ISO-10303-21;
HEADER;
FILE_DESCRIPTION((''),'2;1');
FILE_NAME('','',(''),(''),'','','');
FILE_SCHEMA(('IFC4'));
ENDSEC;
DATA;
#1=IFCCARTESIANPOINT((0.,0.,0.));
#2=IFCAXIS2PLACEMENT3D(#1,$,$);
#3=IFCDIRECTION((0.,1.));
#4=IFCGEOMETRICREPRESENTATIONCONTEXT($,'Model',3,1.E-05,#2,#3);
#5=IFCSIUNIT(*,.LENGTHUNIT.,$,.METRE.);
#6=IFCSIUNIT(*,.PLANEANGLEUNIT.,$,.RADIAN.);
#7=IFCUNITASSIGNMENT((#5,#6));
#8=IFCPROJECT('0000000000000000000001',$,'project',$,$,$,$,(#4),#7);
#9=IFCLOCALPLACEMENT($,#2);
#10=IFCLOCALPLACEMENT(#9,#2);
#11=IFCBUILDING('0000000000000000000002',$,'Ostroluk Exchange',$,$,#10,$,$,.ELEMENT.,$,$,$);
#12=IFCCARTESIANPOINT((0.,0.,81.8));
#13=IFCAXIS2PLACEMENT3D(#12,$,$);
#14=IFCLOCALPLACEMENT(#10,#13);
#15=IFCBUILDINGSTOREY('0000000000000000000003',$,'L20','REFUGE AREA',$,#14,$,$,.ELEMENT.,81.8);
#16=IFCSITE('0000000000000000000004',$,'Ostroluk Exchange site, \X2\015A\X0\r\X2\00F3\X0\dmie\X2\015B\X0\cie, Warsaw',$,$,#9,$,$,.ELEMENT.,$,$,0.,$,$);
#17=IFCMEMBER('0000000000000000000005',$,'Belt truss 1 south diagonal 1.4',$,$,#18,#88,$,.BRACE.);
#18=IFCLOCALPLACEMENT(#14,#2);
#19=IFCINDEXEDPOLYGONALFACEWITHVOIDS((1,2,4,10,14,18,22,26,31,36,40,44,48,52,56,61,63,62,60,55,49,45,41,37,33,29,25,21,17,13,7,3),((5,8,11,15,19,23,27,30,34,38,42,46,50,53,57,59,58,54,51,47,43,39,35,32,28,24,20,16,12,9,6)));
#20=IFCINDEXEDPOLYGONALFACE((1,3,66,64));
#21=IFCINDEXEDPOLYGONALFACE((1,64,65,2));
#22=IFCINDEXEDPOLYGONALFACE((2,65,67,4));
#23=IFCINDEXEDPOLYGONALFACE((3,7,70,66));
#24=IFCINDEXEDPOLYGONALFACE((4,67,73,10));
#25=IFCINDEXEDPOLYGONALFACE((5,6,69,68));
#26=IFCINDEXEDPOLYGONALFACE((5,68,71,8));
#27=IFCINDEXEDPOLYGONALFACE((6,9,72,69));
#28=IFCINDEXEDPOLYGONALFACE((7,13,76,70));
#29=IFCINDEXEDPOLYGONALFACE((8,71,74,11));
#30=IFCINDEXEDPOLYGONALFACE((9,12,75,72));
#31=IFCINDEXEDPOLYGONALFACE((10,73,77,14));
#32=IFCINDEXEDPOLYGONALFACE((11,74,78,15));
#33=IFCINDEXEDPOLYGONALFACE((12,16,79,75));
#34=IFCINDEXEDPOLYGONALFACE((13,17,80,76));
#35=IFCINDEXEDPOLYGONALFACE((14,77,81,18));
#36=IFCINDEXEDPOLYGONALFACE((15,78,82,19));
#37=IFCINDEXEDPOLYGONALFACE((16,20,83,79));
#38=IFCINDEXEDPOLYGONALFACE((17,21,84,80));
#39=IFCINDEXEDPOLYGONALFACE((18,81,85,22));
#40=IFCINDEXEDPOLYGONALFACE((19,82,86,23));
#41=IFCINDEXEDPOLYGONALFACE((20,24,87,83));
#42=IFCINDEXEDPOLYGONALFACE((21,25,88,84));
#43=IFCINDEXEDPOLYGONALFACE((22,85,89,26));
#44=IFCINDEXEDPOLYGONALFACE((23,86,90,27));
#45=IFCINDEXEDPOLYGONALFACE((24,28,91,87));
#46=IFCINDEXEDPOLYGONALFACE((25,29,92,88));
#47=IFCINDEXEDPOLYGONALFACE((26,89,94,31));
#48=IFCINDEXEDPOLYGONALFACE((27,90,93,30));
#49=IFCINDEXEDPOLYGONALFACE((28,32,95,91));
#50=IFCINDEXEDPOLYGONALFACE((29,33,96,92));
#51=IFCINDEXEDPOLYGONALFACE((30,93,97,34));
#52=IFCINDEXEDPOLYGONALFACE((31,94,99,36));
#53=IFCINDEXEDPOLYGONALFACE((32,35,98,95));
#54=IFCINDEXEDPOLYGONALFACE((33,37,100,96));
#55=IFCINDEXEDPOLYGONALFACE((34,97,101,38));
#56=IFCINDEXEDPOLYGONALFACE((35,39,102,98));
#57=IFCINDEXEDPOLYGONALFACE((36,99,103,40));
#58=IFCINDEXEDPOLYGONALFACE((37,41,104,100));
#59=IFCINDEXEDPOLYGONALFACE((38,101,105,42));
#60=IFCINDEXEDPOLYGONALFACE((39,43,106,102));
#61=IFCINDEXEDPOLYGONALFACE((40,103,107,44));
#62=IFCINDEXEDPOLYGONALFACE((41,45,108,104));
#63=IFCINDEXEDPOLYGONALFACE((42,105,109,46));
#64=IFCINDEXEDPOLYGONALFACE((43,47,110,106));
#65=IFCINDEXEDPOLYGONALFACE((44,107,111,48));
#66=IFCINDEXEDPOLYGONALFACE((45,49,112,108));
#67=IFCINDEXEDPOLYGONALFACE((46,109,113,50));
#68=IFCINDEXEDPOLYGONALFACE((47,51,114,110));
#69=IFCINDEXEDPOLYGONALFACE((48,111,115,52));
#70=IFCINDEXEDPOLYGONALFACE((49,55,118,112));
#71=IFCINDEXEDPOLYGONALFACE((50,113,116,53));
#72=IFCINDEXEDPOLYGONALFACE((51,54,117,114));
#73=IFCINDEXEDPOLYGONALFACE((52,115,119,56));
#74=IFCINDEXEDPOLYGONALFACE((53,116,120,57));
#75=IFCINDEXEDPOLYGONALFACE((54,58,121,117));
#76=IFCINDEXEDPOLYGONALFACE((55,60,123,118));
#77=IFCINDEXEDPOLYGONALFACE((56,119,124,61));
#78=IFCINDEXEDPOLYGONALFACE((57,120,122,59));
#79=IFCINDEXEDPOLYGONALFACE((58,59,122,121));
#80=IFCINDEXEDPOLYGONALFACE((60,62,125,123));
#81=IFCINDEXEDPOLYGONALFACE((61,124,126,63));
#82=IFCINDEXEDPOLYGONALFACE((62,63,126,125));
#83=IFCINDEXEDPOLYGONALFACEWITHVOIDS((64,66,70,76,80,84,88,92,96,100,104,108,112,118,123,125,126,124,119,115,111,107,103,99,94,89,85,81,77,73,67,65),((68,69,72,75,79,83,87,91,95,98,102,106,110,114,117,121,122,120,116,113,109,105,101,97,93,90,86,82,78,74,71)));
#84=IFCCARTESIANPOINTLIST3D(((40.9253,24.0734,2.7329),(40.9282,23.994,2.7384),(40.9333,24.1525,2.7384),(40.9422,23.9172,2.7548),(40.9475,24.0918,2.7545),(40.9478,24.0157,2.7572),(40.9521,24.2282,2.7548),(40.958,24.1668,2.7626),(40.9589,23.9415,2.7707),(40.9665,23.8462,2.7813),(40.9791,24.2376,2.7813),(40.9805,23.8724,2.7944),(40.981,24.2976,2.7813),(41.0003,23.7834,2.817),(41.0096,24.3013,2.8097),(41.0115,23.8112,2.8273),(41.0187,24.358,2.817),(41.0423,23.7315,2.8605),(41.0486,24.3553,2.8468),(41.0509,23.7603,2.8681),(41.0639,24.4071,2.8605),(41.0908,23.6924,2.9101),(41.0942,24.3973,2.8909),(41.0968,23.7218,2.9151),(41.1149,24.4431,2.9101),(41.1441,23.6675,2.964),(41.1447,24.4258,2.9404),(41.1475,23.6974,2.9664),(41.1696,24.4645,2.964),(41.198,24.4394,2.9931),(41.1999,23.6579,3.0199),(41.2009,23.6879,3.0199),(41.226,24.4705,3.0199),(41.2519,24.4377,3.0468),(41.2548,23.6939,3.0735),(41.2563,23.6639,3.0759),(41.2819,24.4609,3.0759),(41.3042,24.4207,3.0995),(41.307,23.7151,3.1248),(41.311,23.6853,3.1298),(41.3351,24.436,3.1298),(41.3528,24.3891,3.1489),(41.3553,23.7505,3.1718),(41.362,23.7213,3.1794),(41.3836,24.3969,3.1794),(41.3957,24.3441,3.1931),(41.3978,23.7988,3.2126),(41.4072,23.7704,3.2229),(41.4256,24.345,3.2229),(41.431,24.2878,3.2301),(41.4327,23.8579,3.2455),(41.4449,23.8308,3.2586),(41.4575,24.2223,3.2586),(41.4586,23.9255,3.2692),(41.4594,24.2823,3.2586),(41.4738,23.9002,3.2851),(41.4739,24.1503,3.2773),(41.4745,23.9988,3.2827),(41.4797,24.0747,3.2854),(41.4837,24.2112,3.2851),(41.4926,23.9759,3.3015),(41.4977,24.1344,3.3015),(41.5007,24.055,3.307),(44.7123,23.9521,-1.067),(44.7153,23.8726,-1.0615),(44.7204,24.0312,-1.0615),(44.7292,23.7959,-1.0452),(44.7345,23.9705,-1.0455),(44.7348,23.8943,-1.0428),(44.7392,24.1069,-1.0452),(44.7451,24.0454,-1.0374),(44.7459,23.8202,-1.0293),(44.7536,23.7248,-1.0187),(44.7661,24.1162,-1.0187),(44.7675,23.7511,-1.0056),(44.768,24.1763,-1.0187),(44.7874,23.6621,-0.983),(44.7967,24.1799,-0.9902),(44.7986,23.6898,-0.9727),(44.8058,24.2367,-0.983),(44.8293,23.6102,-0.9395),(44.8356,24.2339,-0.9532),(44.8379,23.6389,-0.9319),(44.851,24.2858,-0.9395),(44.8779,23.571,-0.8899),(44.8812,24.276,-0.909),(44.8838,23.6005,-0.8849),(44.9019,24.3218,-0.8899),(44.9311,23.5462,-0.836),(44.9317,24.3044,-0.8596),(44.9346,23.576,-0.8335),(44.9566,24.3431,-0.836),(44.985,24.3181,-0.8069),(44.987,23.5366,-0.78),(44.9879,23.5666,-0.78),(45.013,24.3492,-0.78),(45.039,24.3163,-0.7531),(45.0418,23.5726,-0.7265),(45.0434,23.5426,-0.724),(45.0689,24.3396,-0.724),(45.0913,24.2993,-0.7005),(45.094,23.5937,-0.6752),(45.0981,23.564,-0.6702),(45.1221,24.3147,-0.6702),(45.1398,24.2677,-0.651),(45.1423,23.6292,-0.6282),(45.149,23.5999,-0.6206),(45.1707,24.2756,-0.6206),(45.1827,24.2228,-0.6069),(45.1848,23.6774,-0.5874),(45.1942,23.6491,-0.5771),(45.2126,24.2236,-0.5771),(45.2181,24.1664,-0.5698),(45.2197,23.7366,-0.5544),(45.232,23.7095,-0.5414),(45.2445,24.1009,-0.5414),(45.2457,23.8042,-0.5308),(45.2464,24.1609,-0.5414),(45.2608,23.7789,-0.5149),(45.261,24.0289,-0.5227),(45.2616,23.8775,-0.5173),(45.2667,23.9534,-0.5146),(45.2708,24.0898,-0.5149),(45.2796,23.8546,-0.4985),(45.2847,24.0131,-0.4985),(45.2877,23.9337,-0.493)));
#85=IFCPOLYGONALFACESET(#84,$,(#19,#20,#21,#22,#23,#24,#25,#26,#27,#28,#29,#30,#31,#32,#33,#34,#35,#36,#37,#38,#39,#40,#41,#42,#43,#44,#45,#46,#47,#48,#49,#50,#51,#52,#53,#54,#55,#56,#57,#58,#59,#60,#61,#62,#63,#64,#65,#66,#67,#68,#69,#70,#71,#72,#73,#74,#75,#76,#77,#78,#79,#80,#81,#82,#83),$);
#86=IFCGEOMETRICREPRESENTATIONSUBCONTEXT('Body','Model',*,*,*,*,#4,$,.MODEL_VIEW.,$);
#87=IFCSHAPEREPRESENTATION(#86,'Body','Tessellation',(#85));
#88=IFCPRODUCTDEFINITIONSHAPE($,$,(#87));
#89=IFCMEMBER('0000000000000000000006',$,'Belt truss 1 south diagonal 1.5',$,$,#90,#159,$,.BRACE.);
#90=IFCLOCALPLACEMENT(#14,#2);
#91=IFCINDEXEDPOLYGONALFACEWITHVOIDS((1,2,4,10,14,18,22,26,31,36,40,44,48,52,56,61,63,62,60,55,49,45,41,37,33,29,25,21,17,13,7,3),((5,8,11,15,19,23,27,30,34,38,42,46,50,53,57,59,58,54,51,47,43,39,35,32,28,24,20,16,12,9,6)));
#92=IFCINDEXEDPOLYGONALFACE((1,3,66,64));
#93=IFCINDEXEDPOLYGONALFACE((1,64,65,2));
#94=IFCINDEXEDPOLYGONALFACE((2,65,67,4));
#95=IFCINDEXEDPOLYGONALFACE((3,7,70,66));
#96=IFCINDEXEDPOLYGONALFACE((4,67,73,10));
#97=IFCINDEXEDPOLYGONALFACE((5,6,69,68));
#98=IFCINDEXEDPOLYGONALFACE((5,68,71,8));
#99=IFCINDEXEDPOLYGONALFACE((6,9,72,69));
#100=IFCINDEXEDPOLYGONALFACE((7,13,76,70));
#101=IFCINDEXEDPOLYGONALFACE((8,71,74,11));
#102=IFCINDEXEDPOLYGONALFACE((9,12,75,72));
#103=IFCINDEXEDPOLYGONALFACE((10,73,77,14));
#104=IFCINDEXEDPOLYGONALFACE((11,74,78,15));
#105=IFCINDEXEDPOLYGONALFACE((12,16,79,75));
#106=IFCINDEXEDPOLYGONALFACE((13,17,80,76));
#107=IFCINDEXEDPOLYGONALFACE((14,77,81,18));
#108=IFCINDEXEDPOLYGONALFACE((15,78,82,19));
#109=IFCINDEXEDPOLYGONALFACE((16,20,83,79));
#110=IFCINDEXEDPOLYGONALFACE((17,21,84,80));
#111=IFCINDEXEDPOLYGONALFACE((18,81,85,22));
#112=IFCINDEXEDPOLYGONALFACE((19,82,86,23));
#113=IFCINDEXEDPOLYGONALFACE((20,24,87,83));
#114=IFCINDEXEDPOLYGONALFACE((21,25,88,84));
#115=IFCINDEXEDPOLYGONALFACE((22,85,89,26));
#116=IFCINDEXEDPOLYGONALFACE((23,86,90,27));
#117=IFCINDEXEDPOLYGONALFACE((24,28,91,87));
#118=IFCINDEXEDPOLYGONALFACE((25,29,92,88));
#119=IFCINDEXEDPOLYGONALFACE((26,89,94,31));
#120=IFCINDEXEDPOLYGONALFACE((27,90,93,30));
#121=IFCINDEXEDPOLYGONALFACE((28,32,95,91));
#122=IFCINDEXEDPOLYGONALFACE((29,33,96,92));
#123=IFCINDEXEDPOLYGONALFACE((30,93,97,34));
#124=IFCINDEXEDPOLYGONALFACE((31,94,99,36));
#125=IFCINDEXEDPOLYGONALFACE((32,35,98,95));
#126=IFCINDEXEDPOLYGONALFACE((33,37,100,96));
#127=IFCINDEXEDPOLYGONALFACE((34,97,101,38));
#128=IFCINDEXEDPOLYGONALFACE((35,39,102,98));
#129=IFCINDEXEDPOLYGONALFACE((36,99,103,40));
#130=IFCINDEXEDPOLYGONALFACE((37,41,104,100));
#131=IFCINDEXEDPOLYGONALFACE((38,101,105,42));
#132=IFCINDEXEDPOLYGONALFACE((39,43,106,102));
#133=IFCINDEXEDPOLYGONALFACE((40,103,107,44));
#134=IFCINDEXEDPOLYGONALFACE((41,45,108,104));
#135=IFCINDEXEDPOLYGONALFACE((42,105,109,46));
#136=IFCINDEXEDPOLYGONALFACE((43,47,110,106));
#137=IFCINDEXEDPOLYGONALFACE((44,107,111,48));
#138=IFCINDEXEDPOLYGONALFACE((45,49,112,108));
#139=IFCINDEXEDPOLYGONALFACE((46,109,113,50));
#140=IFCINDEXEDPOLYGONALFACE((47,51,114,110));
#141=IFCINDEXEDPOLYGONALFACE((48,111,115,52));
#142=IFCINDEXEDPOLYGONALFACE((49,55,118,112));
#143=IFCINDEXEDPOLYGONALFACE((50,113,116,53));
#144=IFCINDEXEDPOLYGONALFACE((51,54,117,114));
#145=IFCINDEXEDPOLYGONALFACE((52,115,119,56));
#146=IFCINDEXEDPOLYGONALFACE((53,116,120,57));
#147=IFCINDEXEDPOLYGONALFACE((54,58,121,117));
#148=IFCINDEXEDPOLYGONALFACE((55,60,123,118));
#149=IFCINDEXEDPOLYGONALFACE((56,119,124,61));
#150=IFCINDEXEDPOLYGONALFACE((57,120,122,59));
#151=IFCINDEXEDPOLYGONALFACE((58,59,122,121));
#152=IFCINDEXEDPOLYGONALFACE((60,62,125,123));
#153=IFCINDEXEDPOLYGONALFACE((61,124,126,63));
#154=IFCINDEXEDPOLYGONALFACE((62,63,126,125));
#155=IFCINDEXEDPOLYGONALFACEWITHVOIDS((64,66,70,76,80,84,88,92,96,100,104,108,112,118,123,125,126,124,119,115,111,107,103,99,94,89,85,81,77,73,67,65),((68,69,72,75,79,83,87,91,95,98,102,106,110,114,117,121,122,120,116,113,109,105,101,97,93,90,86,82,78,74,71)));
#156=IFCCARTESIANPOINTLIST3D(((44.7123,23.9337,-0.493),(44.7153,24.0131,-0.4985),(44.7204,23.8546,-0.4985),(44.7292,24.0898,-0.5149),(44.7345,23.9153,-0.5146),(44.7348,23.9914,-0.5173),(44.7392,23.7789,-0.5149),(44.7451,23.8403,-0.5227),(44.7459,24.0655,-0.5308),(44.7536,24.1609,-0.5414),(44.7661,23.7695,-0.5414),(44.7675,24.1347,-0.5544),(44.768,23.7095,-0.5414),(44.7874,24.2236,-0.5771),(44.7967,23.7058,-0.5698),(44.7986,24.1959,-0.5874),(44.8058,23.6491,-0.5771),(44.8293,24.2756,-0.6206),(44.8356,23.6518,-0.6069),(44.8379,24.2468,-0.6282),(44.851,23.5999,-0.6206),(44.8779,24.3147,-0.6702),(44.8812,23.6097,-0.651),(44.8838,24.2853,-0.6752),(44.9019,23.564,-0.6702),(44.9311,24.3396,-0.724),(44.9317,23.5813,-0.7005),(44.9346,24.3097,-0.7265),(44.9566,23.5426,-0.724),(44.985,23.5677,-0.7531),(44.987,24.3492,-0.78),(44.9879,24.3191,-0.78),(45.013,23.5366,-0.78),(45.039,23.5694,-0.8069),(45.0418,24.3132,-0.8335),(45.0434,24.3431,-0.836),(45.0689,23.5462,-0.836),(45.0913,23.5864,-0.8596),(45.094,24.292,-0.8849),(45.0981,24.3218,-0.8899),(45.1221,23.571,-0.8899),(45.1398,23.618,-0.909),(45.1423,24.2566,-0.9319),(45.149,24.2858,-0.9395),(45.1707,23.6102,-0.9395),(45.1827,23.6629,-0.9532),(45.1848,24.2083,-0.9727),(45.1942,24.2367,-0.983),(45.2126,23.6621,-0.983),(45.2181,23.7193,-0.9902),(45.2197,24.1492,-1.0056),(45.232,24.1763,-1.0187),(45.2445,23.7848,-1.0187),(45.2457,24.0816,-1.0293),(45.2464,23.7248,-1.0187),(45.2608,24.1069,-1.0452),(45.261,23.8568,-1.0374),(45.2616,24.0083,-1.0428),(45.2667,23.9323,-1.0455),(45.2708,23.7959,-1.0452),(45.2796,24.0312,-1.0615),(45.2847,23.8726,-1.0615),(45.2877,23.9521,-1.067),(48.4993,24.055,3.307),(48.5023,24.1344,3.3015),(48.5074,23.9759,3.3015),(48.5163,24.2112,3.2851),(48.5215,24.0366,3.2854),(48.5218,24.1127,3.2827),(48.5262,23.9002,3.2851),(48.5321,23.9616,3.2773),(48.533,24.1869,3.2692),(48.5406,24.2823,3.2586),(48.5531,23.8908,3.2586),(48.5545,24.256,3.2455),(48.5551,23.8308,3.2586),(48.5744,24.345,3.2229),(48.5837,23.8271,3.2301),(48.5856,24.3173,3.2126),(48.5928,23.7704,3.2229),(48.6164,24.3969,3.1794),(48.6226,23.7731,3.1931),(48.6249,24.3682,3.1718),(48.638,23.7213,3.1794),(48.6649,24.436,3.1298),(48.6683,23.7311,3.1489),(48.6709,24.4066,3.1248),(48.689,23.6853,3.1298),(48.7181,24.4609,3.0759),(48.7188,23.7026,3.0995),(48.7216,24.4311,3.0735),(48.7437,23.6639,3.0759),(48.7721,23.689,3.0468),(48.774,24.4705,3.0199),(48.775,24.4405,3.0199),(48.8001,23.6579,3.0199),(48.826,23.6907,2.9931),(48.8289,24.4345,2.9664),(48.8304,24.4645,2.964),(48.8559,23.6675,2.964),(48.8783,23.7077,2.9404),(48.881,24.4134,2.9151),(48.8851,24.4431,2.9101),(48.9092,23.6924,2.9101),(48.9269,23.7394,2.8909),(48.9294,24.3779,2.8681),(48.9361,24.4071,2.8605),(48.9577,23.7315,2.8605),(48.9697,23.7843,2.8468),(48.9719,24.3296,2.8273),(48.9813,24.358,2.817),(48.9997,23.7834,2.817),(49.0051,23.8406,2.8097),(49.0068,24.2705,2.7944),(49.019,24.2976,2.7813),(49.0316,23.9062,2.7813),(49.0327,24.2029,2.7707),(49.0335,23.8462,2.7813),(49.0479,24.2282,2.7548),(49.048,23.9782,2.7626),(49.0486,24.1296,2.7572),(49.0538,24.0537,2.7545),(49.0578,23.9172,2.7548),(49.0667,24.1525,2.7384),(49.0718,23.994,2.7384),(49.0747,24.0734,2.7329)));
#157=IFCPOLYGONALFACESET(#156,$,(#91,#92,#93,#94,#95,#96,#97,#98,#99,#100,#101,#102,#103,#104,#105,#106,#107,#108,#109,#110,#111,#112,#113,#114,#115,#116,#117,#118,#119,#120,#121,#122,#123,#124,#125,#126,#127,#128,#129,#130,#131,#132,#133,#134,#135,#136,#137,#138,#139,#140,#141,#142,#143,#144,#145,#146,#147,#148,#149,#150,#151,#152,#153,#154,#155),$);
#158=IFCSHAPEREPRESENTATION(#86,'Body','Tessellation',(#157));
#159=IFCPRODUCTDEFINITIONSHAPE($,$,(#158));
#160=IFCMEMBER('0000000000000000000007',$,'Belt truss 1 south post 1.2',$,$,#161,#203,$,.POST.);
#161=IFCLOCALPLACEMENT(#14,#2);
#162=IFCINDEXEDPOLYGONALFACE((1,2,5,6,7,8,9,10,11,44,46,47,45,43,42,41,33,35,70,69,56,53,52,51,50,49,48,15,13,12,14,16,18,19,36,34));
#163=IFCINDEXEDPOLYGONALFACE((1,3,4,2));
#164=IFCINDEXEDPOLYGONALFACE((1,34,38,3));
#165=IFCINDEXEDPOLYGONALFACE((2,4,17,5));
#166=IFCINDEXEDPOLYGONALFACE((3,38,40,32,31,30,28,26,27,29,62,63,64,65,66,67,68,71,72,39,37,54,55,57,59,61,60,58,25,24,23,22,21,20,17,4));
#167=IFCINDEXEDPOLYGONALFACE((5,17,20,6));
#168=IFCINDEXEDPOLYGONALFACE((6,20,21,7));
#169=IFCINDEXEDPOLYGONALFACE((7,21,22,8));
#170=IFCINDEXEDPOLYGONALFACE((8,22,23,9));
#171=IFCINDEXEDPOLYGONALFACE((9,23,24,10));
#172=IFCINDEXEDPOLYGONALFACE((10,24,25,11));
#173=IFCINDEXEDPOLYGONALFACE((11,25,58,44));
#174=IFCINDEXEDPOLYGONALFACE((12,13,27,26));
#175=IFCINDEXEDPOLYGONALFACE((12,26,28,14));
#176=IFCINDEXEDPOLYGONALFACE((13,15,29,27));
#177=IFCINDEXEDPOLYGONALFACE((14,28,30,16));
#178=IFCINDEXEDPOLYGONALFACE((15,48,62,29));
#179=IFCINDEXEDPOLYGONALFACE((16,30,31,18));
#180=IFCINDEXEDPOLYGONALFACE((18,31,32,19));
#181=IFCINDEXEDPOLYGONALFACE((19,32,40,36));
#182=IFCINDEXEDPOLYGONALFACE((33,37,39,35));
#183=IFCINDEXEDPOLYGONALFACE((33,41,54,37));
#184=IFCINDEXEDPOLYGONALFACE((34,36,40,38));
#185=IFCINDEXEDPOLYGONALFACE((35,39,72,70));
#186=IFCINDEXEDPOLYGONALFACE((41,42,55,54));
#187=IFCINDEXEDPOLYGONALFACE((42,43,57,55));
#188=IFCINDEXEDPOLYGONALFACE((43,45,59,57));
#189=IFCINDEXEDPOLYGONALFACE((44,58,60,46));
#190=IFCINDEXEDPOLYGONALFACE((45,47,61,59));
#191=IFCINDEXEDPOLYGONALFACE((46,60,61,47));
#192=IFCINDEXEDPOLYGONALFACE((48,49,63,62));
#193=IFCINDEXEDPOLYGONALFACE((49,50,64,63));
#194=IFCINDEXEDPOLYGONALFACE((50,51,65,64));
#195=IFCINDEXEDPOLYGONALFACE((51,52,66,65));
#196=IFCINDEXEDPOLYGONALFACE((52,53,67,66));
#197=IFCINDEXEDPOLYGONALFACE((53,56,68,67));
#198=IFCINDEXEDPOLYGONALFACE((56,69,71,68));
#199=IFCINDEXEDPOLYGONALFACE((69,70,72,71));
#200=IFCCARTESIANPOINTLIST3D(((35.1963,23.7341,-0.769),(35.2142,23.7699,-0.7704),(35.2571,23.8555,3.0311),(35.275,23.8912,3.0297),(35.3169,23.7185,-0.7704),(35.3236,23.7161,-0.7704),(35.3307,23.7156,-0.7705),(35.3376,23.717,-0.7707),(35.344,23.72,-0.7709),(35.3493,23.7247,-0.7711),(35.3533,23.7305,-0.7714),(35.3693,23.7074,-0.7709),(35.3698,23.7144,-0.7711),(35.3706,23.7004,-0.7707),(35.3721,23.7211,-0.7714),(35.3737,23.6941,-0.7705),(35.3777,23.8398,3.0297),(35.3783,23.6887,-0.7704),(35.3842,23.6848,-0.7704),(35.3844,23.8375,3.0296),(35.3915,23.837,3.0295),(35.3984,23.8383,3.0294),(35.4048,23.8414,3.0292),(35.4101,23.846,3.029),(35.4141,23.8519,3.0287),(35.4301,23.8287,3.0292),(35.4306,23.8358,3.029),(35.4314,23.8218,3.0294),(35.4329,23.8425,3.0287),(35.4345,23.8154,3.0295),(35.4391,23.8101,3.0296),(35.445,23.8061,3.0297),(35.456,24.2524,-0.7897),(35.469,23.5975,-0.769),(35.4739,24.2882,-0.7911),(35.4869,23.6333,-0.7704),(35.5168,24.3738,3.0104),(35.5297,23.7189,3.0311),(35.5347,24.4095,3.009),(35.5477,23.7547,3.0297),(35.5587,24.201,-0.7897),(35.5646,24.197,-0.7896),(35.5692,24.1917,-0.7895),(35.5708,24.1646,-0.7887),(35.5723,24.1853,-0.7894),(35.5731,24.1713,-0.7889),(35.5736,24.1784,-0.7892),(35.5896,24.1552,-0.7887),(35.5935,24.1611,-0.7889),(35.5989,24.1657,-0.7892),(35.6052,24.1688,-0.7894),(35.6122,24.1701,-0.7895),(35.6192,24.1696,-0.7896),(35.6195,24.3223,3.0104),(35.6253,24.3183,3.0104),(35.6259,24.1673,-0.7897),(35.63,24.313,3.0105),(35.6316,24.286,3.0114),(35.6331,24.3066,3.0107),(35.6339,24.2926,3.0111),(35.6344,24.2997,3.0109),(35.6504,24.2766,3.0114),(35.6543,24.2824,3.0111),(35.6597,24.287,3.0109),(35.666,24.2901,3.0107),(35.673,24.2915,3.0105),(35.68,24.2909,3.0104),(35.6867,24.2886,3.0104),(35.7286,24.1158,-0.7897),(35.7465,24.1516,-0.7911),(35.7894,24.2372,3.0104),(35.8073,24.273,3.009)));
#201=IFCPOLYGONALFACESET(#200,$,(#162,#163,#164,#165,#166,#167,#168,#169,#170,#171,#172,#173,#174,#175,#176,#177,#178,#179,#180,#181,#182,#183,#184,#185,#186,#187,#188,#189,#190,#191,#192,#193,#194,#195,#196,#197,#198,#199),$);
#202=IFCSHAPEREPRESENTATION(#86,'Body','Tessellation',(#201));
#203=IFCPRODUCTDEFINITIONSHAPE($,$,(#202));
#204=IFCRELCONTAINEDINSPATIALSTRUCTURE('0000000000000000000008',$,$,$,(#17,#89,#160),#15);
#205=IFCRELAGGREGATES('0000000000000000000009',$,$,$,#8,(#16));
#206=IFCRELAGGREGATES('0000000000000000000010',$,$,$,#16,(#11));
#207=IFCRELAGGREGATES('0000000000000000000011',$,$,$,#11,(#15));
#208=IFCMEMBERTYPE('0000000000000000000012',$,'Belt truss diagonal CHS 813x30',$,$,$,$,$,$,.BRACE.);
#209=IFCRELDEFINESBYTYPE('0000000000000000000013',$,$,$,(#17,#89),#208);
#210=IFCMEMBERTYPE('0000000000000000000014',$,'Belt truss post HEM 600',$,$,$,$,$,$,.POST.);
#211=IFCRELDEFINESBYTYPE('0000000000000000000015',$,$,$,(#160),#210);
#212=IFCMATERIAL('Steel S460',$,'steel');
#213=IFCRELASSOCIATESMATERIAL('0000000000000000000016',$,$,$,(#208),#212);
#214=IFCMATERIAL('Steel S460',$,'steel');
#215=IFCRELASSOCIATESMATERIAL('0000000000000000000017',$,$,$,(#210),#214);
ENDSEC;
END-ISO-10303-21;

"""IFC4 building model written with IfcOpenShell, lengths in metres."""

from ifc_helpers import new_model, si_unit, direction, frame, origin, origin_2d, place, context, subcontext, project, spatial, hollow_circle, i_section, extrude, material, material_profile, profile_set, type_object, element, save


model = new_model("IFC4")

# Units and contexts
model_context = context("Model", 3, precision=1e-05, world=origin(), true_north=direction((0.0, 1.0)))
body_context = subcontext(model_context, "Body", "Model", "MODEL_VIEW")
ifc_project = project(units=[si_unit("LENGTHUNIT", "METRE"), si_unit("PLANEANGLEUNIT", "RADIAN")], contexts=[model_context])

# Site, building, storey
site_placement = place(None, origin())
site = spatial("IfcSite", under=ifc_project, at=site_placement, Name="Ostroluk Exchange site, Śródmieście, Warsaw", CompositionType="ELEMENT", RefElevation=0.0)
building_placement = place(site_placement, origin())
building = spatial("IfcBuilding", under=site, at=building_placement, Name="Ostroluk Exchange", CompositionType="ELEMENT")
storey_placement = place(building_placement, frame((0.0, 0.0, 81.8)))
storey = spatial("IfcBuildingStorey", under=building, at=storey_placement, Name="L20", Description="REFUGE AREA", CompositionType="ELEMENT", Elevation=81.8)

# Members
ifc_material_1 = material(Name="Steel S460", Category="steel")
ifc_material_profile_1 = material_profile(ifc_material_1, hollow_circle(Radius=0.4065, WallThickness=0.03, at=origin_2d()), Name="CHS 813x30")
ifc_profile_set_1 = profile_set([ifc_material_profile_1], Name="Steel S460")
member_type_1 = type_object("IfcMemberType", Name="Belt truss diagonal CHS 813x30", PredefinedType="BRACE", material=ifc_profile_set_1)
for number, where, z_axis, x_axis, name in (
    (1, (45.0, 23.9429, -0.78), (-0.705719, 0.022611, 0.708131), (-0.032023, -0.999487, 0.0), "Belt truss 1 south diagonal 1.4"),
    (2, (45.0, 23.9429, -0.78), (0.705719, 0.022611, 0.708131), (-0.032023, 0.999487, 0.0), "Belt truss 1 south diagonal 1.5"),
):
    element("IfcMember", number, at=place(storey_placement, frame(where, z_axis=z_axis, x_axis=x_axis)), inside=storey, type_object=member_type_1, Name=name, PredefinedType="BRACE", context=body_context, shape_type="SweptSolid", body=[
        extrude(hollow_circle(Radius=0.4065, WallThickness=0.03, at=origin_2d()), origin(), (0.0, 0.0, 1.0), 5.3662),
    ])
ifc_material_2 = material(Name="Steel S460", Category="steel")
ifc_material_profile_2 = material_profile(ifc_material_2, i_section(OverallWidth=0.3049, OverallDepth=0.6201, WebThickness=0.021, FlangeThickness=0.04, FilletRadius=0.0271, at=origin_2d()), Name="HEM 600")
ifc_profile_set_2 = profile_set([ifc_material_profile_2], Name="Steel S460")
member_type_2 = type_object("IfcMemberType", Name="Belt truss post HEM 600", PredefinedType="POST", material=ifc_profile_set_2)
member_1_placement = place(storey_placement, frame((35.4714, 23.9429, -0.78), z_axis=(0.015987, 0.03191, 0.999363), x_axis=(-0.894067, 0.447933, 0.0)))
element("IfcMember", 3, at=member_1_placement, inside=storey, type_object=member_type_2, Name="Belt truss 1 south post 1.2", PredefinedType="POST", context=body_context, shape_type="SweptSolid", body=[
    extrude(i_section(OverallWidth=0.3049, OverallDepth=0.6201, WebThickness=0.021, FlangeThickness=0.04, FilletRadius=0.0271, at=origin_2d()), origin(), (0.0, 0.0, 1.0), 3.8025),
])

save(model, "model.ifc")
